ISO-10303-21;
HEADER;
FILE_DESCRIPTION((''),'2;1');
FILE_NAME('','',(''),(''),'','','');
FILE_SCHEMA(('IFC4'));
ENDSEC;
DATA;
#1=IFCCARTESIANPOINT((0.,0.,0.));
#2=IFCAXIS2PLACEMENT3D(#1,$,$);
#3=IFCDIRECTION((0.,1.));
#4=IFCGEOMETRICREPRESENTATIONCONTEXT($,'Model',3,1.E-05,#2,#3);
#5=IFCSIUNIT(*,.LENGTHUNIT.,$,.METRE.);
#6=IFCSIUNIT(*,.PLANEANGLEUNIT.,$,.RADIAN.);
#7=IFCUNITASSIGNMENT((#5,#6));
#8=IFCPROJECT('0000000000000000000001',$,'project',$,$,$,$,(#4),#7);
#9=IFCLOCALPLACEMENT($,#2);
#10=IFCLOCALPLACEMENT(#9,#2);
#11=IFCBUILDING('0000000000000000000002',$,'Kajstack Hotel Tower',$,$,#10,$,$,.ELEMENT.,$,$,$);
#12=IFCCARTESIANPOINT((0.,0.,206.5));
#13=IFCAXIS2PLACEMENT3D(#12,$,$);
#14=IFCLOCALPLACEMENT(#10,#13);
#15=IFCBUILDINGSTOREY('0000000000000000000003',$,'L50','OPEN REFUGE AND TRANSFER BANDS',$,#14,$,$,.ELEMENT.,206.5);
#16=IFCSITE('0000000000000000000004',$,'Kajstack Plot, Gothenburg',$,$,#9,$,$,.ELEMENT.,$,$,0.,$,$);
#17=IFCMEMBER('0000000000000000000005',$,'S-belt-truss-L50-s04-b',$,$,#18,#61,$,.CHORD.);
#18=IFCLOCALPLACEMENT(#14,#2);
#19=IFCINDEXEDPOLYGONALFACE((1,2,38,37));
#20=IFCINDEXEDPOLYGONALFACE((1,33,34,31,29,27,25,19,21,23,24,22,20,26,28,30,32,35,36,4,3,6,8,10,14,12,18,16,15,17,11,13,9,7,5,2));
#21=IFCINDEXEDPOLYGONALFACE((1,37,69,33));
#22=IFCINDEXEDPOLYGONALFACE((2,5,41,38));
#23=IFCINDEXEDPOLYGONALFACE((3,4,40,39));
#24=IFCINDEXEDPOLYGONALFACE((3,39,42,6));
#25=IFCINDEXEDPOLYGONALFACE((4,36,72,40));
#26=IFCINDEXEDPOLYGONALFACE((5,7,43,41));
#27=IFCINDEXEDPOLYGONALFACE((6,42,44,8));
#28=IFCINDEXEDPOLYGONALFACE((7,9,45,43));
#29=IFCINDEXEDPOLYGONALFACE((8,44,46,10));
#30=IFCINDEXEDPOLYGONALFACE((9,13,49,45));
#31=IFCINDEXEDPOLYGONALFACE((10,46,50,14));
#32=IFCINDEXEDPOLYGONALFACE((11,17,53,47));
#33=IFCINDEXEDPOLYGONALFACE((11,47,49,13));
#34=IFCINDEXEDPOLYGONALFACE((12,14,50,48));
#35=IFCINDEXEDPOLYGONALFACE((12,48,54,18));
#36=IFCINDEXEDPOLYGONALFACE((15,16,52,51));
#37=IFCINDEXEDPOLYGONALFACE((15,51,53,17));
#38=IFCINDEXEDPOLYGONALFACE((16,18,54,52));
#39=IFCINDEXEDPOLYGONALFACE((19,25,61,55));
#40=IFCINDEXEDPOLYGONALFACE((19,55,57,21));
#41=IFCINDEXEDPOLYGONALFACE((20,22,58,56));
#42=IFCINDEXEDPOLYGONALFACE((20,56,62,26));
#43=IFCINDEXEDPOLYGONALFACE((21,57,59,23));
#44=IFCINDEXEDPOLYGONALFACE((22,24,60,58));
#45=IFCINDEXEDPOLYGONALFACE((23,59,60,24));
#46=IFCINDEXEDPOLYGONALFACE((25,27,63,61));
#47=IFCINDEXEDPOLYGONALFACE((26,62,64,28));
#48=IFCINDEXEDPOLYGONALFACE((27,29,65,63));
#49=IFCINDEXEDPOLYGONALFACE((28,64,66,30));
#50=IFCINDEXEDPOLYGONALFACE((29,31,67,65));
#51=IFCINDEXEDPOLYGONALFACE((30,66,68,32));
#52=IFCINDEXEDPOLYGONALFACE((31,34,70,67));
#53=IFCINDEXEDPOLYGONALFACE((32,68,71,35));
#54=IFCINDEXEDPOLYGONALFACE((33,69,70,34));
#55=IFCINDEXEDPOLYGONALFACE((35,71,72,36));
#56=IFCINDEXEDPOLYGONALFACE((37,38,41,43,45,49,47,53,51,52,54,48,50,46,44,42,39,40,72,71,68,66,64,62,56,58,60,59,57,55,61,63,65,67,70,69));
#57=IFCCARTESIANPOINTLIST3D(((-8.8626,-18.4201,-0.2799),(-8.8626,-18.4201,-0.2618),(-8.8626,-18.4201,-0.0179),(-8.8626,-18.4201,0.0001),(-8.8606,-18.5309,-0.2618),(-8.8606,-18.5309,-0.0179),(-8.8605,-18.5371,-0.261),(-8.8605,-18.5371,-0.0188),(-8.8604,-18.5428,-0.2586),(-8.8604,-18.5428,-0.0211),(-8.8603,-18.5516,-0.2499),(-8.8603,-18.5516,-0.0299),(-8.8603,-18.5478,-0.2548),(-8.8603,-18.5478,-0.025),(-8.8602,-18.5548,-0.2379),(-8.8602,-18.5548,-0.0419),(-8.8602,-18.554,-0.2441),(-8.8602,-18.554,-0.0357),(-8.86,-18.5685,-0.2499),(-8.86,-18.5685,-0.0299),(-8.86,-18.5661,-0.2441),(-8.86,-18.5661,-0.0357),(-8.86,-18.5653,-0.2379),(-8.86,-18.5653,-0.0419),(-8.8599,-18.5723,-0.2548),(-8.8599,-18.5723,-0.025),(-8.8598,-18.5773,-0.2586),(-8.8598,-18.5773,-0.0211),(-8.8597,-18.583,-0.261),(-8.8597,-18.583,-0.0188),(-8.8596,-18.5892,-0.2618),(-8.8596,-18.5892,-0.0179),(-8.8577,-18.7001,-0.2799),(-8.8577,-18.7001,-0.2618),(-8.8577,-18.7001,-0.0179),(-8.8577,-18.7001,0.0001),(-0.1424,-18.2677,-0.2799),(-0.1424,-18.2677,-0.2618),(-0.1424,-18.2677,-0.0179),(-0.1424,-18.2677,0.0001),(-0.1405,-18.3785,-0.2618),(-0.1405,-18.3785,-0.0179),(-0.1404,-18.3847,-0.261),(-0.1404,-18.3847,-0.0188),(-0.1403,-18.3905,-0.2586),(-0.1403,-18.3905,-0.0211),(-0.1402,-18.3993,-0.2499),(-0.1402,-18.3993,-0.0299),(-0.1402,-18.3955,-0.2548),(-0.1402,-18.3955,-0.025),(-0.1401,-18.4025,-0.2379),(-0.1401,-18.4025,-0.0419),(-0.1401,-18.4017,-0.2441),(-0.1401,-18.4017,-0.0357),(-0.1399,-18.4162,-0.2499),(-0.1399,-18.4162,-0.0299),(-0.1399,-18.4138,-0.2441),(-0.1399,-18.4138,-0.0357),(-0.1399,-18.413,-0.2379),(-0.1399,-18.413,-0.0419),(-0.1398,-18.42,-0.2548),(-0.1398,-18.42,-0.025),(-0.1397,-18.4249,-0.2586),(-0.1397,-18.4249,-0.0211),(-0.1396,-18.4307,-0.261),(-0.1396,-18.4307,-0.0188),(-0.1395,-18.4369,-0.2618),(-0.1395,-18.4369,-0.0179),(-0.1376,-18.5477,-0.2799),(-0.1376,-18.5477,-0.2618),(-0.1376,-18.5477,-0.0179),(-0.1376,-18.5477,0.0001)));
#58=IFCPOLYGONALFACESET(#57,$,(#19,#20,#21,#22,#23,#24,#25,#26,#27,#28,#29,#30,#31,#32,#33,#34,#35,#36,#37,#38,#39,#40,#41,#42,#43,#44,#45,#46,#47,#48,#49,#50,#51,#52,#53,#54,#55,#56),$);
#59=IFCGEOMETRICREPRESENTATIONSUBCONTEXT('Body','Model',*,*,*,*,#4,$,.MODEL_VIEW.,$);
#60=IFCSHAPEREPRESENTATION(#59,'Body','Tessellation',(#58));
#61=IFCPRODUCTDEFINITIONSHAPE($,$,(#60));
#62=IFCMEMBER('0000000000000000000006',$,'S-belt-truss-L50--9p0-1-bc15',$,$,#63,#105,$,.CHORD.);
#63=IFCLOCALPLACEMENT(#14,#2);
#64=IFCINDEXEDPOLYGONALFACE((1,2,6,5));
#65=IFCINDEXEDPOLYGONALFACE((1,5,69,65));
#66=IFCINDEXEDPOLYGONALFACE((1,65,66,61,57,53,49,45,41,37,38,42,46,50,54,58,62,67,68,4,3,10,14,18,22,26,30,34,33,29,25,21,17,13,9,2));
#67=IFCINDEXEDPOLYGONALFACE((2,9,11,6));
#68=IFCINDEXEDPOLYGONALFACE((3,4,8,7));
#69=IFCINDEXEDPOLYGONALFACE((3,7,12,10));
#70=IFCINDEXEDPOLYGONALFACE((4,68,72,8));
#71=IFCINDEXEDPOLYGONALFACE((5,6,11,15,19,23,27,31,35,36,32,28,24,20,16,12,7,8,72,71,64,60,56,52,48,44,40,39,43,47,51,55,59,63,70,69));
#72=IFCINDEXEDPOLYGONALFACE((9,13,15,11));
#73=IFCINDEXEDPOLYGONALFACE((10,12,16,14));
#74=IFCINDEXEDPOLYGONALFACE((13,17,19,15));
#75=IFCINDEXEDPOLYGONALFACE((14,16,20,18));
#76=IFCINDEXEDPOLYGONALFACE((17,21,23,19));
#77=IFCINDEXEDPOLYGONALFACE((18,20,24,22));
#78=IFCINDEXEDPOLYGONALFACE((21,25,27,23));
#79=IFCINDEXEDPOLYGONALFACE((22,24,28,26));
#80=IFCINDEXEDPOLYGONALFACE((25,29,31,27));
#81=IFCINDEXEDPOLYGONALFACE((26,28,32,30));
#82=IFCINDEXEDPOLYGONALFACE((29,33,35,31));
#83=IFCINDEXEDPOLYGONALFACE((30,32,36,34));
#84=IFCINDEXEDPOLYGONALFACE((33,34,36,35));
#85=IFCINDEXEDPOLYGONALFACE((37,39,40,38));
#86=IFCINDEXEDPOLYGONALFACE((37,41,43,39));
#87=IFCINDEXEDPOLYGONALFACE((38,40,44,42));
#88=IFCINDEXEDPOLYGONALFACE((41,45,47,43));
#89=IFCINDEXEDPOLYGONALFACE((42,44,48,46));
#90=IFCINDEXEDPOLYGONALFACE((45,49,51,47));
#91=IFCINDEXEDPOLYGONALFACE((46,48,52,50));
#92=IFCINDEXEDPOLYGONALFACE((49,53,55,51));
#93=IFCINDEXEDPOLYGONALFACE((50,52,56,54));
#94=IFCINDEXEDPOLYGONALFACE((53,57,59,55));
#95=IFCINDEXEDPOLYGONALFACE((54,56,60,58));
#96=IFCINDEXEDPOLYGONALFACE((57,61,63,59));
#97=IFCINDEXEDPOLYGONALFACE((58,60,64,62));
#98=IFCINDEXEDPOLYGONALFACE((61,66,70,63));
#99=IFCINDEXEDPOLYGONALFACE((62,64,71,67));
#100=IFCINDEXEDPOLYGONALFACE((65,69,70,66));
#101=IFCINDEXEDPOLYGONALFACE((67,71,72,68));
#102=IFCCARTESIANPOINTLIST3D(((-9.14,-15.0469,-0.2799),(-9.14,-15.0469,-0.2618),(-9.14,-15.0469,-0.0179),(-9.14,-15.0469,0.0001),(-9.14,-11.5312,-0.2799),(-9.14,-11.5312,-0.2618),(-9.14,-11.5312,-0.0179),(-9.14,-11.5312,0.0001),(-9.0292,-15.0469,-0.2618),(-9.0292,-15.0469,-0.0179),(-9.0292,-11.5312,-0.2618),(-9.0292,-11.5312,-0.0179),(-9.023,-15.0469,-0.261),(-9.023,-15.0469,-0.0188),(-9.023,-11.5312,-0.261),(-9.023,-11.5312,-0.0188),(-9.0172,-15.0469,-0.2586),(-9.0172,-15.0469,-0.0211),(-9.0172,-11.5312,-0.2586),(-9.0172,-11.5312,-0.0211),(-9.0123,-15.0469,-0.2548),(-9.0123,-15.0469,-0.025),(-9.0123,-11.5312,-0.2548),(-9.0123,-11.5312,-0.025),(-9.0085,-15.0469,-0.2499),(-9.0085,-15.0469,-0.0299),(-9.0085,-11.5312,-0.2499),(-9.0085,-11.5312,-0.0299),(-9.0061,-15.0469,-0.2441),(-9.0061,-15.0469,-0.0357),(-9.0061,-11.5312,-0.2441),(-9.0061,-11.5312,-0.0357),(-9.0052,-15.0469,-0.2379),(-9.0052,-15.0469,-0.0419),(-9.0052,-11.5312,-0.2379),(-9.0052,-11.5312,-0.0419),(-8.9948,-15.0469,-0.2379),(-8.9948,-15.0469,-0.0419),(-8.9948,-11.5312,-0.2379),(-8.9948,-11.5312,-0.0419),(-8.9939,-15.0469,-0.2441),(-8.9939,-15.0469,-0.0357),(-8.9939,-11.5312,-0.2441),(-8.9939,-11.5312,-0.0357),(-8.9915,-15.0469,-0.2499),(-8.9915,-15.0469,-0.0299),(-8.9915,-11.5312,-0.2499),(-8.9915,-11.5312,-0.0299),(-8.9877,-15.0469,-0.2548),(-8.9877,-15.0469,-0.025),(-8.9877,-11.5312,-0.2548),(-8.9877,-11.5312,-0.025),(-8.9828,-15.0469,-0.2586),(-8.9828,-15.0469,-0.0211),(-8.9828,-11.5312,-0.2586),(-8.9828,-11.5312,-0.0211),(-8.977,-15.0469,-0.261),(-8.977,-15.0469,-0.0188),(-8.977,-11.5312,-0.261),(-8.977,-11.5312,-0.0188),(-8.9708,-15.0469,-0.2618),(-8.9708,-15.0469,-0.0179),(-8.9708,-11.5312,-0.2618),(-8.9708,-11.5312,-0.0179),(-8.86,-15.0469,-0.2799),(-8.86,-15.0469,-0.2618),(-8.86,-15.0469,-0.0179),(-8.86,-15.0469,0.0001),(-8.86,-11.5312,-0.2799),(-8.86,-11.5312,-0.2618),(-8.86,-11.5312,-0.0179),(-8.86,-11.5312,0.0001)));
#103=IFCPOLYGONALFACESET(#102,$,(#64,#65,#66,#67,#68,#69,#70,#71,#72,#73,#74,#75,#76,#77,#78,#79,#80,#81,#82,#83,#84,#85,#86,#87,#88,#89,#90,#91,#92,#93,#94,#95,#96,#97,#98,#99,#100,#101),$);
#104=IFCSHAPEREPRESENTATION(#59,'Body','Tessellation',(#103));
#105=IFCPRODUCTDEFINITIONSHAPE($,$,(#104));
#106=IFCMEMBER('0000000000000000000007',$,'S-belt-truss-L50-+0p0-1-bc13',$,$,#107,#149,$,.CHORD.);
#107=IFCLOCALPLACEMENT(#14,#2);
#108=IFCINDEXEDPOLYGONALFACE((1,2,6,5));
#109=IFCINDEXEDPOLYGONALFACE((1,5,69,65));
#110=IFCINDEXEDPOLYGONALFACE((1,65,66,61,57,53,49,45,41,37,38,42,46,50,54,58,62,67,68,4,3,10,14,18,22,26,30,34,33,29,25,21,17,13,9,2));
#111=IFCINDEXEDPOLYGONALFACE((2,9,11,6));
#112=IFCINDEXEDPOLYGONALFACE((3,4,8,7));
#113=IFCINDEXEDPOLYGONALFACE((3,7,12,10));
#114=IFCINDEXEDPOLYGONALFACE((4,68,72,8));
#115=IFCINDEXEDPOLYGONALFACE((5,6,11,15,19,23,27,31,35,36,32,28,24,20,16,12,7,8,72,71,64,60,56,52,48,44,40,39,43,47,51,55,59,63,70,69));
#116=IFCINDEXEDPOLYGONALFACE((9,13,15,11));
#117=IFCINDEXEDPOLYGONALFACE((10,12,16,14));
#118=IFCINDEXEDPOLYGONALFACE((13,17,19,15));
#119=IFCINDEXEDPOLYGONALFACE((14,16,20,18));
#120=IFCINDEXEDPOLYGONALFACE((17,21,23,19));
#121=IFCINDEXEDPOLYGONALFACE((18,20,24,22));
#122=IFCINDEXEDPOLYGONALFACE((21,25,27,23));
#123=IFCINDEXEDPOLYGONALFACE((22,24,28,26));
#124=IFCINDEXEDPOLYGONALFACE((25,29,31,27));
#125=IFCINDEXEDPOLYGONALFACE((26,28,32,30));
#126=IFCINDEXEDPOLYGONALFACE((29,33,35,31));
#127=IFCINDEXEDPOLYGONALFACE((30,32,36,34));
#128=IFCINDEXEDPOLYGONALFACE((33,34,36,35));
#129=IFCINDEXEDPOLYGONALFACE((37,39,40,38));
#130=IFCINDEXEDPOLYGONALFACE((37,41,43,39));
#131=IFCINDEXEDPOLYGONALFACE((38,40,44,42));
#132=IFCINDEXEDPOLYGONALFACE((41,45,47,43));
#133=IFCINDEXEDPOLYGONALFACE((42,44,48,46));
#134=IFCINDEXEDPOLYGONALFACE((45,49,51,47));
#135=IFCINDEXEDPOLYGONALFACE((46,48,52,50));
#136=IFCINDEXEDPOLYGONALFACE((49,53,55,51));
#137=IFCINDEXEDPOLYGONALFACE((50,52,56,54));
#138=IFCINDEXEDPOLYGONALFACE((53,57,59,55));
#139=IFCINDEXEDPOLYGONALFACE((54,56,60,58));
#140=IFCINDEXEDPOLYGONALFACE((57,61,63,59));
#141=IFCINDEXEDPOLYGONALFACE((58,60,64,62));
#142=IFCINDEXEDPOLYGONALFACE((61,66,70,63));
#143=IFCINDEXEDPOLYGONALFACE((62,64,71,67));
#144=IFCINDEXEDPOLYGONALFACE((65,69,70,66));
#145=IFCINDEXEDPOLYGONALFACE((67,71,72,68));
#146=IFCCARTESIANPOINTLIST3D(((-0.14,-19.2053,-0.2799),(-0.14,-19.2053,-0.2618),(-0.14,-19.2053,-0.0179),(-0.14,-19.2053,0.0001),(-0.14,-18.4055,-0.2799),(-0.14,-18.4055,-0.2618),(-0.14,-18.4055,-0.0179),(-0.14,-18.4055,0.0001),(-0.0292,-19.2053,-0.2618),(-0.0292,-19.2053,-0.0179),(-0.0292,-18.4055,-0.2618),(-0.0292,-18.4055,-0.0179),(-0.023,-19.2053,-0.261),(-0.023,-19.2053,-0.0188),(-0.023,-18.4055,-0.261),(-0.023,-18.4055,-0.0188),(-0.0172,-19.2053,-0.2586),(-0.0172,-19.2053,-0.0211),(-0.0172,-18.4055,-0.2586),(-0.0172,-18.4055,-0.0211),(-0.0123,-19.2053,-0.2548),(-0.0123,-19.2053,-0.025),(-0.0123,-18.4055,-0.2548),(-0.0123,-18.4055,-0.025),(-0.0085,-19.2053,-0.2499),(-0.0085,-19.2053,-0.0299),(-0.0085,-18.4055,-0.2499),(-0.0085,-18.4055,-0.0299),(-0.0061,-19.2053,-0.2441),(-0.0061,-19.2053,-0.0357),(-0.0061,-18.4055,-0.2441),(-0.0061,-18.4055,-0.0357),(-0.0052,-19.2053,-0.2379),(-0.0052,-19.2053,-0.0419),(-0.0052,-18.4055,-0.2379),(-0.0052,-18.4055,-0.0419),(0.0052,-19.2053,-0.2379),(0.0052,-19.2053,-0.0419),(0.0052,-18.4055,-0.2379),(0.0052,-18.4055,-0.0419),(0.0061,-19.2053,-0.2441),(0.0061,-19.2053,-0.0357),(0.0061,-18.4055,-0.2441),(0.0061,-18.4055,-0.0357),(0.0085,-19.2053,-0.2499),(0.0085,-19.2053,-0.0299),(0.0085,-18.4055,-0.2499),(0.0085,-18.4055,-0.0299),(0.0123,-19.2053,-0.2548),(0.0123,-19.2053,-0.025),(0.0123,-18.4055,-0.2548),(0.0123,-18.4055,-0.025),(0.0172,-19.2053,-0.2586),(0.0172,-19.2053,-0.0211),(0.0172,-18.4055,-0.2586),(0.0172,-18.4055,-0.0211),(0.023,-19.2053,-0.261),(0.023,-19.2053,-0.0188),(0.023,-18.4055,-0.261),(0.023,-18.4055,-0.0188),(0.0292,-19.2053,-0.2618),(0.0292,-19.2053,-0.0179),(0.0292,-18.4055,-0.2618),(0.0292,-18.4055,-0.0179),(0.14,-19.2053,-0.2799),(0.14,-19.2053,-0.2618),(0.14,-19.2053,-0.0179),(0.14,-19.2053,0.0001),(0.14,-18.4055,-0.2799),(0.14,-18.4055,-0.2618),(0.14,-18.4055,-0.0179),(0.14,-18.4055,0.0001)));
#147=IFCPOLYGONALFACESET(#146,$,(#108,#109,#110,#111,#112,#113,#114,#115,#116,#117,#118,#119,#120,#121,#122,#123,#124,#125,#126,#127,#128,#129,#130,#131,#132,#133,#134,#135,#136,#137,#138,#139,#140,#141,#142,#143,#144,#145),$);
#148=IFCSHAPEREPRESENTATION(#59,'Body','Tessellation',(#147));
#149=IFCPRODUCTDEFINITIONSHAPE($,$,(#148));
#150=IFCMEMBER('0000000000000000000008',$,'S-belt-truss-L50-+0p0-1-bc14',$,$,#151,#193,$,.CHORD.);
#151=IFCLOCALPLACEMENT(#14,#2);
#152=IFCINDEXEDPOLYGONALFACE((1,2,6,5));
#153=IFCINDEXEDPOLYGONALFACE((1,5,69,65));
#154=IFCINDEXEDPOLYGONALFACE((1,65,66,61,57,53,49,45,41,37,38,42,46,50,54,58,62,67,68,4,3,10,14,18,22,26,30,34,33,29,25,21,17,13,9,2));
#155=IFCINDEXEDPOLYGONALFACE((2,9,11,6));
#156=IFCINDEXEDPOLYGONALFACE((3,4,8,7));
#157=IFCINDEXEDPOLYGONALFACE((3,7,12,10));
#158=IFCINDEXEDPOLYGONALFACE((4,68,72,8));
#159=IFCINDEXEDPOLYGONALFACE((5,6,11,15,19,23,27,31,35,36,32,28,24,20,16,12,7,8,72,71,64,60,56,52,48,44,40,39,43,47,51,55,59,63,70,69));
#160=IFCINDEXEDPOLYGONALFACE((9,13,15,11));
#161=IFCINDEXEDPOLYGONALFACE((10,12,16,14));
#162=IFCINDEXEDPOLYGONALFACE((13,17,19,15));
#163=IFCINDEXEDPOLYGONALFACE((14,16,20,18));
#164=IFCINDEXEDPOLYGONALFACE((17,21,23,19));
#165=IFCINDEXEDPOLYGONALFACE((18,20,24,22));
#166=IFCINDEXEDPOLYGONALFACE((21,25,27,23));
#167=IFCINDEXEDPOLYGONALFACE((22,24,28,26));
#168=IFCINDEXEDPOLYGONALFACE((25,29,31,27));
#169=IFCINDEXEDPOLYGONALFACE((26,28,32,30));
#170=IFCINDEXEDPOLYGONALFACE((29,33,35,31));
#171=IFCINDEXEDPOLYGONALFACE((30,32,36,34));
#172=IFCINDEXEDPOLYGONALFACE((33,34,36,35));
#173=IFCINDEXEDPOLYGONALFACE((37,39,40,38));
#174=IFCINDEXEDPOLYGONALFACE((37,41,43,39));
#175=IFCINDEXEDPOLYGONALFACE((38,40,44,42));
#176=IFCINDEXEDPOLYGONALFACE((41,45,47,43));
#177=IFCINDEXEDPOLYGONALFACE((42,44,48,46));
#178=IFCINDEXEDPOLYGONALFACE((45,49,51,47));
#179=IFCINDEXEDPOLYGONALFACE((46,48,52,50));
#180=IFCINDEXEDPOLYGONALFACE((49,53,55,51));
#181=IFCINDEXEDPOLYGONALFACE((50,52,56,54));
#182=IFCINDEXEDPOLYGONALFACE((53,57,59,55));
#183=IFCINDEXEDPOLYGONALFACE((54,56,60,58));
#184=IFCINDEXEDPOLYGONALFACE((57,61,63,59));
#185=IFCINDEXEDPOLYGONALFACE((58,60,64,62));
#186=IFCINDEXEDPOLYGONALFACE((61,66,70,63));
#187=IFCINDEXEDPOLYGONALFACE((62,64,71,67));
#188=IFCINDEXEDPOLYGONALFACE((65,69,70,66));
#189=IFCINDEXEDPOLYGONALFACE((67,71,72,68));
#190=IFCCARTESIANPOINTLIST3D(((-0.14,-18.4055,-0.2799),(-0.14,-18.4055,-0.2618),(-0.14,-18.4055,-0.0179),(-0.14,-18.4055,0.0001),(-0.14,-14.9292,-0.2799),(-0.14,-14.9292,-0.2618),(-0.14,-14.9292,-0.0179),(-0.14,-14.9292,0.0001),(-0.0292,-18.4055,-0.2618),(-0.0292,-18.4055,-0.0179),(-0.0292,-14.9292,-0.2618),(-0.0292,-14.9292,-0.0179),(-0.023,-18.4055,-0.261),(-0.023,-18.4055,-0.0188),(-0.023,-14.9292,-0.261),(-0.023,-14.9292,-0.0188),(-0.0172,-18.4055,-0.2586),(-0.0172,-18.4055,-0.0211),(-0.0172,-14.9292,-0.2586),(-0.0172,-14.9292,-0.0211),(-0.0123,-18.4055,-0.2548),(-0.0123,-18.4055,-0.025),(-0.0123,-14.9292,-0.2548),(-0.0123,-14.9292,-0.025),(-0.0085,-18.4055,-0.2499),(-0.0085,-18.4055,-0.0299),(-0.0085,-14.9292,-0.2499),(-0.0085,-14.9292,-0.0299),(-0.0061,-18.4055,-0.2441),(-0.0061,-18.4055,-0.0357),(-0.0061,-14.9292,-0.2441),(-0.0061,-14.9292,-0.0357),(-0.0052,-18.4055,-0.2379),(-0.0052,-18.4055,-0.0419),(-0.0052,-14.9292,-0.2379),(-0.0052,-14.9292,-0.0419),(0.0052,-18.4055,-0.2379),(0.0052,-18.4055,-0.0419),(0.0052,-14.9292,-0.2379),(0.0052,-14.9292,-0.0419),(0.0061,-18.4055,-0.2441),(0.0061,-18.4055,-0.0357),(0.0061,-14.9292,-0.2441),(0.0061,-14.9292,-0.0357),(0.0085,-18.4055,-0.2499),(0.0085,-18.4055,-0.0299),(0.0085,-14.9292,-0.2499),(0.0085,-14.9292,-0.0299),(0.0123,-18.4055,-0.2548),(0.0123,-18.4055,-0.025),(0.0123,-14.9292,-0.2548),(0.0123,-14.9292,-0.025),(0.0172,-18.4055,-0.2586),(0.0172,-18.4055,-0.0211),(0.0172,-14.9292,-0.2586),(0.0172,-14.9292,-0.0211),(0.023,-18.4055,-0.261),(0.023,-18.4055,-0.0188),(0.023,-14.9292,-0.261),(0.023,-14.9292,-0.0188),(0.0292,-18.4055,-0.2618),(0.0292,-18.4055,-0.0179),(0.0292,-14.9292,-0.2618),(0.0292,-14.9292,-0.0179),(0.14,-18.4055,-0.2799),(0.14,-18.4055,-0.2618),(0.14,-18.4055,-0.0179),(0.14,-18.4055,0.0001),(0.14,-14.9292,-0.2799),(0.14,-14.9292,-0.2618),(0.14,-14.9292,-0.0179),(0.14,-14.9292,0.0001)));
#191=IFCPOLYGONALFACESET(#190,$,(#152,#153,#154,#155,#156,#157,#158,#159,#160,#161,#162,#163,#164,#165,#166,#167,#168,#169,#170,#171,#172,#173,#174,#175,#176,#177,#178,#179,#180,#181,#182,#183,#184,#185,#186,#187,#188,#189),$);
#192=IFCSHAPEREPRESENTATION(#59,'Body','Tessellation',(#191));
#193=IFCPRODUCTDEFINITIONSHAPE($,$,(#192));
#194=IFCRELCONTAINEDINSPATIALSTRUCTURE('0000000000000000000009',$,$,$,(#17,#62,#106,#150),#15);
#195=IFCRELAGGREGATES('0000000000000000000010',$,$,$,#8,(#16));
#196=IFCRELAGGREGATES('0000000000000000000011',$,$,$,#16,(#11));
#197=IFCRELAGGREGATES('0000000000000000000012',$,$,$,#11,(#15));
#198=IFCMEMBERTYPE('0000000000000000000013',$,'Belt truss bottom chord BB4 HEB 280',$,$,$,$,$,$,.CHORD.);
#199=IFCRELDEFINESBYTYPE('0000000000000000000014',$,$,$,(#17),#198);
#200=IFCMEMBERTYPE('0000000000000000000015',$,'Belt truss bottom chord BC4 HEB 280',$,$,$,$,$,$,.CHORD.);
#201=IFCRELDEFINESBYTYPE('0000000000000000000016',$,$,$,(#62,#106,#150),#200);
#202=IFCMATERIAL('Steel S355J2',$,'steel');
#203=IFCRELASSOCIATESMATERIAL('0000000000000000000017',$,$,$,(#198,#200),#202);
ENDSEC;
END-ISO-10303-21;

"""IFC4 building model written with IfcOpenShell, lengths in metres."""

from ifc_helpers import new_model, si_unit, direction, frame, origin, origin_2d, place, context, subcontext, project, spatial, i_section, extrude, material, material_profile, profile_set, type_object, element, save


model = new_model("IFC4")

# Units and contexts
model_context = context("Model", 3, precision=1e-05, world=origin(), true_north=direction((0.0, 1.0)))
body_context = subcontext(model_context, "Body", "Model", "MODEL_VIEW")
ifc_project = project(units=[si_unit("LENGTHUNIT", "METRE"), si_unit("PLANEANGLEUNIT", "RADIAN")], contexts=[model_context])

# Site, building, storey
site_placement = place(None, origin())
site = spatial("IfcSite", under=ifc_project, at=site_placement, Name="Kajstack Plot, Gothenburg", CompositionType="ELEMENT", RefElevation=0.0)
building_placement = place(site_placement, origin())
building = spatial("IfcBuilding", under=site, at=building_placement, Name="Kajstack Hotel Tower", CompositionType="ELEMENT")
storey_placement = place(building_placement, frame((0.0, 0.0, 206.5)))
storey = spatial("IfcBuildingStorey", under=building, at=storey_placement, Name="L50", Description="OPEN REFUGE AND TRANSFER BANDS", CompositionType="ELEMENT", Elevation=206.5)

# Members
ifc_material_1 = material(Name="Steel S355J2", Category="steel")
ifc_material_profile_1 = material_profile(ifc_material_1, i_section(OverallWidth=0.28, OverallDepth=0.28, WebThickness=0.0105, FlangeThickness=0.0181, FilletRadius=0.0239, at=origin_2d()), Name="HEB 280")
ifc_profile_set_1 = profile_set([ifc_material_profile_1], Name="Steel S355J2")
member_type_1 = type_object("IfcMemberType", Name="Belt truss bottom chord BB4 HEB 280", PredefinedType="CHORD", material=ifc_profile_set_1)
member_1_placement = place(storey_placement, frame((-8.8601, -18.5601, -0.1399), z_axis=(0.999847, 0.017468, 0.0), x_axis=(-0.017468, 0.999847, 0.0)))
element("IfcMember", 1, at=member_1_placement, inside=storey, type_object=member_type_1, Name="S-belt-truss-L50-s04-b", PredefinedType="CHORD", context=body_context, shape_type="SweptSolid", body=[
    extrude(i_section(OverallWidth=0.28, OverallDepth=0.28, WebThickness=0.0105, FlangeThickness=0.0181, FilletRadius=0.0239, at=origin_2d()), origin(), (0.0, 0.0, 1.0), 8.7214),
])
ifc_material_profile_2 = material_profile(ifc_material_1, i_section(OverallWidth=0.28, OverallDepth=0.28, WebThickness=0.0105, FlangeThickness=0.0181, FilletRadius=0.0239, at=origin_2d()), Name="HEB 280")
ifc_profile_set_2 = profile_set([ifc_material_profile_2], Name="Steel S355J2")
member_type_2 = type_object("IfcMemberType", Name="Belt truss bottom chord BC4 HEB 280", PredefinedType="CHORD", material=ifc_profile_set_2)
member_2_placement = place(storey_placement, frame((-9.0, -15.0469, -0.1399), z_axis=(0.0, 1.0, 0.0), x_axis=(-1.0, 0.0, 0.0)))
element("IfcMember", 2, at=member_2_placement, inside=storey, type_object=member_type_2, Name="S-belt-truss-L50--9p0-1-bc15", PredefinedType="CHORD", context=body_context, shape_type="SweptSolid", body=[
    extrude(i_section(OverallWidth=0.28, OverallDepth=0.28, WebThickness=0.0105, FlangeThickness=0.0181, FilletRadius=0.0239, at=origin_2d()), origin(), (0.0, 0.0, 1.0), 3.5156),
])
member_3_placement = place(storey_placement, frame((0.0, -19.2053, -0.1399), z_axis=(0.0, 1.0, 0.0), x_axis=(-1.0, 0.0, 0.0)))
element("IfcMember", 3, at=member_3_placement, inside=storey, type_object=member_type_2, Name="S-belt-truss-L50-+0p0-1-bc13", PredefinedType="CHORD", context=body_context, shape_type="SweptSolid", body=[
    extrude(i_section(OverallWidth=0.28, OverallDepth=0.28, WebThickness=0.0105, FlangeThickness=0.0181, FilletRadius=0.0239, at=origin_2d()), origin(), (0.0, 0.0, 1.0), 0.7998),
])
member_4_placement = place(storey_placement, frame((0.0, -18.4055, -0.1399), z_axis=(0.0, 1.0, 0.0), x_axis=(-1.0, 0.0, 0.0)))
element("IfcMember", 4, at=member_4_placement, inside=storey, type_object=member_type_2, Name="S-belt-truss-L50-+0p0-1-bc14", PredefinedType="CHORD", context=body_context, shape_type="SweptSolid", body=[
    extrude(i_section(OverallWidth=0.28, OverallDepth=0.28, WebThickness=0.0105, FlangeThickness=0.0181, FilletRadius=0.0239, at=origin_2d()), origin(), (0.0, 0.0, 1.0), 3.4763),
])

save(model, "model.ifc")
